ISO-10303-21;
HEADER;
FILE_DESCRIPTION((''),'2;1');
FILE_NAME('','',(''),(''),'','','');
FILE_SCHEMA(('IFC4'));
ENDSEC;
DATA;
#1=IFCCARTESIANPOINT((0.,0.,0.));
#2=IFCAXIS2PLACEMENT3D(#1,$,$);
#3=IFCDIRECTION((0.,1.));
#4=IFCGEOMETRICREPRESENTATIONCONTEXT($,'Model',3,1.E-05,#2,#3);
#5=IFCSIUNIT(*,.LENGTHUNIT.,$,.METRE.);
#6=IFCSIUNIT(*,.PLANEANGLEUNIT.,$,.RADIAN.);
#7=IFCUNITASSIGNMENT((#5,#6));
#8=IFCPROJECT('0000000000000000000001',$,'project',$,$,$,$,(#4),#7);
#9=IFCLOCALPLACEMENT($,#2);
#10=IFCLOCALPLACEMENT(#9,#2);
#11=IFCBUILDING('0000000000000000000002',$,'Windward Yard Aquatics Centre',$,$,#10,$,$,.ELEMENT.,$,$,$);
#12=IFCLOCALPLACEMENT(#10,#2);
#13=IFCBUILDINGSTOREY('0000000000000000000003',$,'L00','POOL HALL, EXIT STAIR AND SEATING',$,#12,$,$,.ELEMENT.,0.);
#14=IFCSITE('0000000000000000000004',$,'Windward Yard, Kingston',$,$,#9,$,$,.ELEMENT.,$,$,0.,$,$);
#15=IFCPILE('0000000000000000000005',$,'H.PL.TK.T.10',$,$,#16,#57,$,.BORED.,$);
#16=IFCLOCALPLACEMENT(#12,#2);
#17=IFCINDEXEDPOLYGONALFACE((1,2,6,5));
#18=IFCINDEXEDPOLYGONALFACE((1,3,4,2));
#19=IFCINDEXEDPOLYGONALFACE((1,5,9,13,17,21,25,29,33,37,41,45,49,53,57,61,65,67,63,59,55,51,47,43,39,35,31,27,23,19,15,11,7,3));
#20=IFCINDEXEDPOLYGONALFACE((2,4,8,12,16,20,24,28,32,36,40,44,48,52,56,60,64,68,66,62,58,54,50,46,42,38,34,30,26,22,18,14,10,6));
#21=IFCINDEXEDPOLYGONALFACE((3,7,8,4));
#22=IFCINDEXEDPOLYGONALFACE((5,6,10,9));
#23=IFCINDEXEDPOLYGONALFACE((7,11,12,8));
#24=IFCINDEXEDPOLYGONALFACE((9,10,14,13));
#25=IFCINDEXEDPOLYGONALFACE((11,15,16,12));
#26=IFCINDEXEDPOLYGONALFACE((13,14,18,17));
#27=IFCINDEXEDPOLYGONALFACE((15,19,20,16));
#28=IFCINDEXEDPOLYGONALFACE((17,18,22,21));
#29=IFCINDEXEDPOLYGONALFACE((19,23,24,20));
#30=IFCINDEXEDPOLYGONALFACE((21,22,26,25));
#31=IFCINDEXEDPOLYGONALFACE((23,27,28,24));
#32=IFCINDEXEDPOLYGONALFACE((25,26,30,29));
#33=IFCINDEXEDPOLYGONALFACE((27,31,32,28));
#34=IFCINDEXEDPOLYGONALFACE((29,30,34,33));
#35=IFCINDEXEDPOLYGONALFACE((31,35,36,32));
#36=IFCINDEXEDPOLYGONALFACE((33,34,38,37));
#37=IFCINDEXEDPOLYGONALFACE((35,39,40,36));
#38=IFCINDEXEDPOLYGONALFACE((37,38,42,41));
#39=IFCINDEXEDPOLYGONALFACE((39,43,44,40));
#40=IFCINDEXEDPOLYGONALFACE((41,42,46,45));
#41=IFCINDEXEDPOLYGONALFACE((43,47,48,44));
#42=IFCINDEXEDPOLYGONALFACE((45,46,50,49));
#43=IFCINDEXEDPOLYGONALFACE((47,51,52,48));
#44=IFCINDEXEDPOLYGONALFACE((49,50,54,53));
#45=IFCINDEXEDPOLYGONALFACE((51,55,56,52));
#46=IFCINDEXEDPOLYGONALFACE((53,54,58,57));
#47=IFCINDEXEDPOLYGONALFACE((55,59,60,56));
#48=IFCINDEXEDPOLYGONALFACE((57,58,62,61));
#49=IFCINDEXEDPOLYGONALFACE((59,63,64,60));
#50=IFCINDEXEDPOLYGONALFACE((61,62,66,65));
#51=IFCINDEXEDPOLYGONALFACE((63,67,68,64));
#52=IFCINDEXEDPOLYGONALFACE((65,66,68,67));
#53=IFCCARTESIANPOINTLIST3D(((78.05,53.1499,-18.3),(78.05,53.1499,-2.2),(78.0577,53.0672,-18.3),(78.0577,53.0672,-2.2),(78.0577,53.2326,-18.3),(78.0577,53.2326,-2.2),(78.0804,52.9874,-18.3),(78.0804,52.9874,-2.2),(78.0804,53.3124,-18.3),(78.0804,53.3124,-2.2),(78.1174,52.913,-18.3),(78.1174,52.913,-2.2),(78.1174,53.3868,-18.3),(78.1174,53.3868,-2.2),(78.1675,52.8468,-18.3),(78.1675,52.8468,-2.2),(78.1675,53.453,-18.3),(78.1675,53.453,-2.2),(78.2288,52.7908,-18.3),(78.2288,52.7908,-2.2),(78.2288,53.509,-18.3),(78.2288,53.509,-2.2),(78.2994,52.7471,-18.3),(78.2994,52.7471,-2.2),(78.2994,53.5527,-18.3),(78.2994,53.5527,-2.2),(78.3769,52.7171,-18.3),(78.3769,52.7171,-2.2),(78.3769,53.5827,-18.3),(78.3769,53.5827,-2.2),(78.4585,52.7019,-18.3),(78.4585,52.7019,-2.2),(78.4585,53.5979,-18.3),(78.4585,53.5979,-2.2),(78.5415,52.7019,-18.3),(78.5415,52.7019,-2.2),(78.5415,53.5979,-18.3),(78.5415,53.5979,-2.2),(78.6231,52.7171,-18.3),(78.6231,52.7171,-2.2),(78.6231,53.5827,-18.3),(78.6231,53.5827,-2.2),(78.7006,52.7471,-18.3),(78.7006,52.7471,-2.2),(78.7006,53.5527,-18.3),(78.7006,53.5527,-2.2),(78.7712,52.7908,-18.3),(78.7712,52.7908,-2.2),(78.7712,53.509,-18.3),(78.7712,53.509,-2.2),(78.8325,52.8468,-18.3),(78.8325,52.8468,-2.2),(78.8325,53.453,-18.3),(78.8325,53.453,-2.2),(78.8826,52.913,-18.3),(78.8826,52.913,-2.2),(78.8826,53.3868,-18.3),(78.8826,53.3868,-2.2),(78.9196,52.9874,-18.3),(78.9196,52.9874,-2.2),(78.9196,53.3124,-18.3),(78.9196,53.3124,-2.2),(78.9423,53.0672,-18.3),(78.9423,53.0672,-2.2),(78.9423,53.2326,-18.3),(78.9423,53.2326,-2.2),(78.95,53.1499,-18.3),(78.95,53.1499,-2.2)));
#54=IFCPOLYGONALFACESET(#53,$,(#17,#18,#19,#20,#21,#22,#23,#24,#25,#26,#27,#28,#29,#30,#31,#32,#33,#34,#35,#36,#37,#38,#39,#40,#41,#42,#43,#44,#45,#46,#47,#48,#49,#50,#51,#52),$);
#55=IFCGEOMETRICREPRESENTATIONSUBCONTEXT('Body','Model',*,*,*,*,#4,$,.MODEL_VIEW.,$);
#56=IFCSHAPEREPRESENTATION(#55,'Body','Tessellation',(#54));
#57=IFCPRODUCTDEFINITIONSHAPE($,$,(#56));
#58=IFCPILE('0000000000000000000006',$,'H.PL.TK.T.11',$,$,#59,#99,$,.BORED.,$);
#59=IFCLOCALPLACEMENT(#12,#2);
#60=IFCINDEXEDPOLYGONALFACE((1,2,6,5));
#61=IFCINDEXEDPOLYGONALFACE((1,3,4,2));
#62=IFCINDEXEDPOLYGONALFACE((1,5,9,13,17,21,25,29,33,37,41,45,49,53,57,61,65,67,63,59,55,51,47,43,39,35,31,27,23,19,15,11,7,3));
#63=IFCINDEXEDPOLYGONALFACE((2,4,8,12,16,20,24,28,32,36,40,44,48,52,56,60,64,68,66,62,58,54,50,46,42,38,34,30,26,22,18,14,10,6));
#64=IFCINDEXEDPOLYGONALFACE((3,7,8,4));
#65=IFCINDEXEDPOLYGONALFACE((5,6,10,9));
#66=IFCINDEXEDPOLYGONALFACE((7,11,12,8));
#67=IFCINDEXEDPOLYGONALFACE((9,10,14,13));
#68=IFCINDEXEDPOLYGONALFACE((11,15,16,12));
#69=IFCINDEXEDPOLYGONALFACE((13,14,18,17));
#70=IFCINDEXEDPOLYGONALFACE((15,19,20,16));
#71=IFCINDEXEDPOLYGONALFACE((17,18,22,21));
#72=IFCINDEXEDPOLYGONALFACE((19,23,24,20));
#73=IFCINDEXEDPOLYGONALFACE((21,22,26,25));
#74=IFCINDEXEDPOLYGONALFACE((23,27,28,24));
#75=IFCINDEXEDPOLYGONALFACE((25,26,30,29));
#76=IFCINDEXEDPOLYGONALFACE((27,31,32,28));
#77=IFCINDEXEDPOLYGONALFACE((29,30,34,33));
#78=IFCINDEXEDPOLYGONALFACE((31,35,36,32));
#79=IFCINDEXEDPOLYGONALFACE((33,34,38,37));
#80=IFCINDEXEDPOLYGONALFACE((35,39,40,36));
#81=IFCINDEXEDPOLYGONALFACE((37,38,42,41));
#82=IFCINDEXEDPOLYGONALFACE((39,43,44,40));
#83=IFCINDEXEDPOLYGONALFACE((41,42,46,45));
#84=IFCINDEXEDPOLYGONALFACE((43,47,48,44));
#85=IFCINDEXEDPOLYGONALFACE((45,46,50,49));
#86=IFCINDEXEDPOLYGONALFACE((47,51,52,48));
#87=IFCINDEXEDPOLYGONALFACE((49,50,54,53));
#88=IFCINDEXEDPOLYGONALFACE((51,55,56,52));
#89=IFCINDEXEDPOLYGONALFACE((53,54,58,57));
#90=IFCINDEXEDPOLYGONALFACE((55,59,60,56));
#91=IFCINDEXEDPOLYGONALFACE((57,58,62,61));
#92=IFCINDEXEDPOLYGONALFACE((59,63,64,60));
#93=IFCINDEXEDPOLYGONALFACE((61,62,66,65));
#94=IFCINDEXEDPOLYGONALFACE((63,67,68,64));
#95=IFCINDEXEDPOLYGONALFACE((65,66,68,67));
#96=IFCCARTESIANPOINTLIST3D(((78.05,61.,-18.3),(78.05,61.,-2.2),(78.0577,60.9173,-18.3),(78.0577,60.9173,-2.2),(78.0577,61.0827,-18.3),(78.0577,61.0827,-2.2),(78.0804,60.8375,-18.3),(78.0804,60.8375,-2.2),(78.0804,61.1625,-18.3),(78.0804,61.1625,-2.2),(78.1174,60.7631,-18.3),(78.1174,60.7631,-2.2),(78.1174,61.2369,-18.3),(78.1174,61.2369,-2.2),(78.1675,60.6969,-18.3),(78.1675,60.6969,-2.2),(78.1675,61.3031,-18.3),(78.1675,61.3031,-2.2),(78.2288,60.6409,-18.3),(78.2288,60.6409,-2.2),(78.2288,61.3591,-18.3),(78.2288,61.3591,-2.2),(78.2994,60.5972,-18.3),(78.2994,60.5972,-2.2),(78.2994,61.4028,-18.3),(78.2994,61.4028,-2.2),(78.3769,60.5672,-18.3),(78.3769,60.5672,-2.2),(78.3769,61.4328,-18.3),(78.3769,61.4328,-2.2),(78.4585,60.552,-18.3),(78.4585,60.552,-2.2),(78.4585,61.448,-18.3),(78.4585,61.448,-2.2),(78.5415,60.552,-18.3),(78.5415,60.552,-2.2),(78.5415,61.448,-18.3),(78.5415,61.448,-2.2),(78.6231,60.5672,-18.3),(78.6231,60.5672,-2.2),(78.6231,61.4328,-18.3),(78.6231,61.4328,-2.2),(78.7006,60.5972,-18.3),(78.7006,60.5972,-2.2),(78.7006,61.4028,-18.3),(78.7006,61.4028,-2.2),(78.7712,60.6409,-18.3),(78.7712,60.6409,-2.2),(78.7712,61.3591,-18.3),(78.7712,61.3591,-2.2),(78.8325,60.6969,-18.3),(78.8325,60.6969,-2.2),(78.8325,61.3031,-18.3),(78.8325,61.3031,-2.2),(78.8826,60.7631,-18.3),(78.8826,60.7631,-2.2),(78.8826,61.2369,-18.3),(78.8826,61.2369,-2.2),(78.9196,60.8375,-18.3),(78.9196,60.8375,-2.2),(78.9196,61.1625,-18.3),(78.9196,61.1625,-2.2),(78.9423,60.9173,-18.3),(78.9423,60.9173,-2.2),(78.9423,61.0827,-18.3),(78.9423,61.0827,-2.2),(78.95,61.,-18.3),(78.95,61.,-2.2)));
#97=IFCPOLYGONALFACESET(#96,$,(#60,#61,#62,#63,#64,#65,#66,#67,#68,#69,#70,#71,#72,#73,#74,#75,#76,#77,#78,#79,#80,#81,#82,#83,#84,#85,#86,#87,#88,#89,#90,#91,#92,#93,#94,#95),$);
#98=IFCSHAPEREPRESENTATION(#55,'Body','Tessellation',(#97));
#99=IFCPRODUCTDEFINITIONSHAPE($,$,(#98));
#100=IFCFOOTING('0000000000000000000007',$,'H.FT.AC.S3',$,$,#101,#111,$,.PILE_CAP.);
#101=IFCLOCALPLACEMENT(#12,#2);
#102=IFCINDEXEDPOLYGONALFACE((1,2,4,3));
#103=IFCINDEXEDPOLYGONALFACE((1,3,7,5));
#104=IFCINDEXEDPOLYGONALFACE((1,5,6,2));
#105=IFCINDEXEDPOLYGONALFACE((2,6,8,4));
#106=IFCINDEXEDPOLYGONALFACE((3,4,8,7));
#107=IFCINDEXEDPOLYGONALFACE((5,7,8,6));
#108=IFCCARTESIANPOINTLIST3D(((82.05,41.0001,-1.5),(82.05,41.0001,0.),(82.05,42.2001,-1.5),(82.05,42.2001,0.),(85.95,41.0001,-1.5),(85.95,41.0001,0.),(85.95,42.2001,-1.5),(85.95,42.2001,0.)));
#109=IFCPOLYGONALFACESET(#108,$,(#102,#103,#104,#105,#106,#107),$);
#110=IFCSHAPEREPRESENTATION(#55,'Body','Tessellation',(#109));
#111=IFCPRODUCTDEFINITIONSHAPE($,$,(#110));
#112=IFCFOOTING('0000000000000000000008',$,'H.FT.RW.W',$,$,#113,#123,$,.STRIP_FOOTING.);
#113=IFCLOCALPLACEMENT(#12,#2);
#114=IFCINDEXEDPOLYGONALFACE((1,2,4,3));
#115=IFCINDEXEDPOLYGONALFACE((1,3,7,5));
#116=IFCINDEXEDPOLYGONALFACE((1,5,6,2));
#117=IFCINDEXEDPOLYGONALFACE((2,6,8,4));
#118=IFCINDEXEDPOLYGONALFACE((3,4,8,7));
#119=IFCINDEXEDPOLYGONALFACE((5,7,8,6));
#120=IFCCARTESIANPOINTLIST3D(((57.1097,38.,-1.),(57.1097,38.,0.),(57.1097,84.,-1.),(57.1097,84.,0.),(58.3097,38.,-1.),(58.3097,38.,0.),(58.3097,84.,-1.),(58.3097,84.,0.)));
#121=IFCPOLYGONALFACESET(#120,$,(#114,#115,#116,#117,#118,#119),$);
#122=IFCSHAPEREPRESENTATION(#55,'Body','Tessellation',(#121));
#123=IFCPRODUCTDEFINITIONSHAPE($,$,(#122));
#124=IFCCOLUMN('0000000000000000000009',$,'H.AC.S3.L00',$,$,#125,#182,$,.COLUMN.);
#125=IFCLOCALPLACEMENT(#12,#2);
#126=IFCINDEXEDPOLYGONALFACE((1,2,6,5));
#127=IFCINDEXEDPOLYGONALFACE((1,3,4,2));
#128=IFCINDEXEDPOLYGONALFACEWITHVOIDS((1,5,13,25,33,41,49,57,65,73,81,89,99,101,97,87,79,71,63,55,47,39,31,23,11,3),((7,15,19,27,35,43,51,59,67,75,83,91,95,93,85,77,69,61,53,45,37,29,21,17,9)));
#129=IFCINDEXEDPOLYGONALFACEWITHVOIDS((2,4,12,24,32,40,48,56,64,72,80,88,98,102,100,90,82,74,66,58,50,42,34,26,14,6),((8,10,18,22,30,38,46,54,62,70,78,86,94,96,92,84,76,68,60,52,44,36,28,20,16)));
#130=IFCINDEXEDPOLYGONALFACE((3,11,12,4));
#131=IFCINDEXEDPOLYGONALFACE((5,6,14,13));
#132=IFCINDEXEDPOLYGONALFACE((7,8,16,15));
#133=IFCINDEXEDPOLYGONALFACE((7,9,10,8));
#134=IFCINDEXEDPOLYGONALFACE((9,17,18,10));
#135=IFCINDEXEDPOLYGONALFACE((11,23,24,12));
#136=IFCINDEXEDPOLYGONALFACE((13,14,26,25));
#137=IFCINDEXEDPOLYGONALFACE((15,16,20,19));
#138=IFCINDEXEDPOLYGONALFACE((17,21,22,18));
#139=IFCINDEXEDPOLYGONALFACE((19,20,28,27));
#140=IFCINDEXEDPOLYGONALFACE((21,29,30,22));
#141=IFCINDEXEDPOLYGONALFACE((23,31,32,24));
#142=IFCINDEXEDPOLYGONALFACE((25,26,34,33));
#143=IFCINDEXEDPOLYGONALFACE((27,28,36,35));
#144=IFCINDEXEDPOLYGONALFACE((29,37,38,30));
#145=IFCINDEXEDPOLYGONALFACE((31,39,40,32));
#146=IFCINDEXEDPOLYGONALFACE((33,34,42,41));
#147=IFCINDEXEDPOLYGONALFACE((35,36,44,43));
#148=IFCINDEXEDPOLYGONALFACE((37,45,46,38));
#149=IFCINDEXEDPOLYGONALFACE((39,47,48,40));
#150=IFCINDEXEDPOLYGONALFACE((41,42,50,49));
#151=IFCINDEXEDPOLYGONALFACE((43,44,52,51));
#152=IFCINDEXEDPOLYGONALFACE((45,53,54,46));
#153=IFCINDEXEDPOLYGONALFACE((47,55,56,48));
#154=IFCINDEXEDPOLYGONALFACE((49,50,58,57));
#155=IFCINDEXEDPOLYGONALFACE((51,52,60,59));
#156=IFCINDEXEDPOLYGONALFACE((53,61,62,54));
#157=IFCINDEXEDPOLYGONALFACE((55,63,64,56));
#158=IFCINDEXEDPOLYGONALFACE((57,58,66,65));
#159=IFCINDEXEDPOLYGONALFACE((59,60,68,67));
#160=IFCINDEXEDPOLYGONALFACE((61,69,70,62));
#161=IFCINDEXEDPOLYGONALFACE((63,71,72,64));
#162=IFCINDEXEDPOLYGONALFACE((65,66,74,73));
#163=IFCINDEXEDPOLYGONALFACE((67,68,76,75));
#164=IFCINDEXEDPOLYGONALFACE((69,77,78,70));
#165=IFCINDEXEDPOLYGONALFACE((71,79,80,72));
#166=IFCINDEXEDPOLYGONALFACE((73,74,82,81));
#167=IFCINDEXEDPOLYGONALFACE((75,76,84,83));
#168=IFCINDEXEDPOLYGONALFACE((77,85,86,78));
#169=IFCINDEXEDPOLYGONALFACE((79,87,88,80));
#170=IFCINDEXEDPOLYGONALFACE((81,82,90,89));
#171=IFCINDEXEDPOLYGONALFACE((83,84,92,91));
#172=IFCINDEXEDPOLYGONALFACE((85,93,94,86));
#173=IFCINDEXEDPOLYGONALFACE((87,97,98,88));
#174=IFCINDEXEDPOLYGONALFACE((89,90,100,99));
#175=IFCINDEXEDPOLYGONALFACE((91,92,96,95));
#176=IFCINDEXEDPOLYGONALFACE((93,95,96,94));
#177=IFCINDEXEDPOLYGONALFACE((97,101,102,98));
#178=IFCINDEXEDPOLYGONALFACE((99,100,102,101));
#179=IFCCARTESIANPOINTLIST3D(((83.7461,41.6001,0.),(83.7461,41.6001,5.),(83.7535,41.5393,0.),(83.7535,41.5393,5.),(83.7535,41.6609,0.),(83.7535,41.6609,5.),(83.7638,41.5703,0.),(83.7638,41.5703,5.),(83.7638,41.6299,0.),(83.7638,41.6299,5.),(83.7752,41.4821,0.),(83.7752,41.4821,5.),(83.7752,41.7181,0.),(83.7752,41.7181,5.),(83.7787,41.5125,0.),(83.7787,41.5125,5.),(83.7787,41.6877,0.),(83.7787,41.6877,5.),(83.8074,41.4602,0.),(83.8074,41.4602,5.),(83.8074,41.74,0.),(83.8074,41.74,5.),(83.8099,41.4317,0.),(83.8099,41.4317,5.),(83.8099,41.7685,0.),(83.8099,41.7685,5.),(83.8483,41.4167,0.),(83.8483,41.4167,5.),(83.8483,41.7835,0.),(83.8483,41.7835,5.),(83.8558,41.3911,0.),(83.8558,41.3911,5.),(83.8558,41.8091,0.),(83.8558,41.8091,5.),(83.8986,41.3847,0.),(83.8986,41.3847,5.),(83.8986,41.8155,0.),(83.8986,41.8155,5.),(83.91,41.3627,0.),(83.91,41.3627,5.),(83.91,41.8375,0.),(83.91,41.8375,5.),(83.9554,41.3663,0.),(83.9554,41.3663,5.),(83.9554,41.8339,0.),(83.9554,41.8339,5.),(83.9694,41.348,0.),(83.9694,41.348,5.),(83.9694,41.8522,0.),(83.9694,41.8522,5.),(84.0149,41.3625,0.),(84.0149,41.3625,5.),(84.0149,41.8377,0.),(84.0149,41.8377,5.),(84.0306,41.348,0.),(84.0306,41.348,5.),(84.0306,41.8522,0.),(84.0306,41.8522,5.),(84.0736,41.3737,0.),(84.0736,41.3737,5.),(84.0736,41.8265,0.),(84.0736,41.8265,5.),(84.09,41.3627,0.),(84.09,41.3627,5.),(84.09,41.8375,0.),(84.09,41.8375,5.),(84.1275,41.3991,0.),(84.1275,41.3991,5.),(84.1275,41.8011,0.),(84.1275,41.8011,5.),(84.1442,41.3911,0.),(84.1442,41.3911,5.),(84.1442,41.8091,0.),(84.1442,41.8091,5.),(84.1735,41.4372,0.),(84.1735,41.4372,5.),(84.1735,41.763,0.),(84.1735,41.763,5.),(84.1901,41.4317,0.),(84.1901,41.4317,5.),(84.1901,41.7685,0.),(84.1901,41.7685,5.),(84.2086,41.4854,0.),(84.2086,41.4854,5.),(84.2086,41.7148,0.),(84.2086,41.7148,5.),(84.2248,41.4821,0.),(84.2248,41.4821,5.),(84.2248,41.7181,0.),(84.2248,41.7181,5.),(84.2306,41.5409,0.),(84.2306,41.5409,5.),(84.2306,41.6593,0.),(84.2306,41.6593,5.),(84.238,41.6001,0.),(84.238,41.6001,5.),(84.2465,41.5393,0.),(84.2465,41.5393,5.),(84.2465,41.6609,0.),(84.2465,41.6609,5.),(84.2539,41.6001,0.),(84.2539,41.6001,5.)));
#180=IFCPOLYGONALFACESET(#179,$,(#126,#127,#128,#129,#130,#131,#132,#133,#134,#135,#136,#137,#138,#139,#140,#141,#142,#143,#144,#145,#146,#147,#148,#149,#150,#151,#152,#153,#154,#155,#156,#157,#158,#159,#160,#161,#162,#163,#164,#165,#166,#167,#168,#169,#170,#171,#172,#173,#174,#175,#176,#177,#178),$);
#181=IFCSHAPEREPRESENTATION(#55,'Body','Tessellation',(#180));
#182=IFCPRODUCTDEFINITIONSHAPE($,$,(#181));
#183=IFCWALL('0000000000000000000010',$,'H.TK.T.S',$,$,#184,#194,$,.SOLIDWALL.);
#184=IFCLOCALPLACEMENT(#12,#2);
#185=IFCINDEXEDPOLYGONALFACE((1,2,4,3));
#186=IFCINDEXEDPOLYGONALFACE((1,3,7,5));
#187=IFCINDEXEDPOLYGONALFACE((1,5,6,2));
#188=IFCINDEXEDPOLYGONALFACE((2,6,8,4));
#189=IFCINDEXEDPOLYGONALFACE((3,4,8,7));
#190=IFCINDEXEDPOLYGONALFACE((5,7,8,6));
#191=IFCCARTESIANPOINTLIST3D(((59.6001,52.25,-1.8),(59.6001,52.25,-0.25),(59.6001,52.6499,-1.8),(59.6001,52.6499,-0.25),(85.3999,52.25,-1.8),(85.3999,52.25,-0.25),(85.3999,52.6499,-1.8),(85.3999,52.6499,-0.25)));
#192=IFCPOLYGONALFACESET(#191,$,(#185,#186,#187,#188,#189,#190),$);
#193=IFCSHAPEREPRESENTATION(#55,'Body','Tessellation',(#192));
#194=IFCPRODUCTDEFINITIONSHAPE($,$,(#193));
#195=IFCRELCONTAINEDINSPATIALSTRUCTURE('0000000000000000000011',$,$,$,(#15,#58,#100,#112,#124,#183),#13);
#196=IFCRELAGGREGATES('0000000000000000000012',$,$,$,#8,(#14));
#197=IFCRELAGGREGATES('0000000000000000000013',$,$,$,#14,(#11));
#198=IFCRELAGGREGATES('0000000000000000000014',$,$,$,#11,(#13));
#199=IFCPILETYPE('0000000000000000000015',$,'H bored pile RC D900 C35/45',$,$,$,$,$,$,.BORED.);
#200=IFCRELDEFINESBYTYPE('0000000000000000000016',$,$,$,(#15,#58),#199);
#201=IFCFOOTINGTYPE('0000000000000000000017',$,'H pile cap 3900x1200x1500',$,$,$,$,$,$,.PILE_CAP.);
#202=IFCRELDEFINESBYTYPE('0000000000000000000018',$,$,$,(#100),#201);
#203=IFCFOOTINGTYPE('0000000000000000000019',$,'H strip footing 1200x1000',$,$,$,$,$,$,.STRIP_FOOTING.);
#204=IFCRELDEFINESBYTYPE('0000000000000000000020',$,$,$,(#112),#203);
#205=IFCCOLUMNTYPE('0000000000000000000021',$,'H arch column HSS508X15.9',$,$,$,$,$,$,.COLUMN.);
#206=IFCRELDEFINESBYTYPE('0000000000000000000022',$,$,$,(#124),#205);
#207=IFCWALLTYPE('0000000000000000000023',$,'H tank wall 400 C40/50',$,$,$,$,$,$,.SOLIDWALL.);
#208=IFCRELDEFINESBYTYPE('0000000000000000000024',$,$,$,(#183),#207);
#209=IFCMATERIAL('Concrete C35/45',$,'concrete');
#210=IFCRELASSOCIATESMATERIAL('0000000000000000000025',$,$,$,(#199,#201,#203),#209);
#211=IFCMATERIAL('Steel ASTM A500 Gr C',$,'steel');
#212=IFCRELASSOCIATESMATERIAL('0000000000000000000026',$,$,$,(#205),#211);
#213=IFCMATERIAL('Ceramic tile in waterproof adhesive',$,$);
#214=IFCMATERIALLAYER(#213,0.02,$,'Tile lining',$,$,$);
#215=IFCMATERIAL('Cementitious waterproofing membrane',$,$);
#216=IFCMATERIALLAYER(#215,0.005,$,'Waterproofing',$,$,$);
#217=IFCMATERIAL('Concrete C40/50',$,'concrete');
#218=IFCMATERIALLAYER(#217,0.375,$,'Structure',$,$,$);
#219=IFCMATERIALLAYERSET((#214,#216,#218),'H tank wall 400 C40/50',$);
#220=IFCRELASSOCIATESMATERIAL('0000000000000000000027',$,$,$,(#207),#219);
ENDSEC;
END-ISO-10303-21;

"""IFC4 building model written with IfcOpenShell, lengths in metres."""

from ifc_helpers import new_model, si_unit, direction, frame, frame_2d, origin, origin_2d, place, context, subcontext, project, spatial, rectangle, circle, hollow_circle, extrude, material, layer, layer_set, material_profile, profile_set, type_object, element, save


model = new_model("IFC4")

# Units and contexts
model_context = context("Model", 3, precision=1e-05, world=origin(), true_north=direction((0.0, 1.0)))
body_context = subcontext(model_context, "Body", "Model", "MODEL_VIEW")
ifc_project = project(units=[si_unit("LENGTHUNIT", "METRE"), si_unit("PLANEANGLEUNIT", "RADIAN")], contexts=[model_context])

# Site, building, storey
site_placement = place(None, origin())
site = spatial("IfcSite", under=ifc_project, at=site_placement, Name="Windward Yard, Kingston", CompositionType="ELEMENT", RefElevation=0.0)
building_placement = place(site_placement, origin())
building = spatial("IfcBuilding", under=site, at=building_placement, Name="Windward Yard Aquatics Centre", CompositionType="ELEMENT")
storey_placement = place(building_placement, origin())
storey = spatial("IfcBuildingStorey", under=building, at=storey_placement, Name="L00", Description="POOL HALL, EXIT STAIR AND SEATING", CompositionType="ELEMENT", Elevation=0.0)

# Piles
ifc_material_1 = material(Name="Concrete C35/45", Category="concrete")
ifc_material_profile_1 = material_profile(ifc_material_1, circle(Radius=0.45, at=origin_2d()), Name="RC D900")
ifc_profile_set_1 = profile_set([ifc_material_profile_1], Name="Concrete C35/45")
pile_type = type_object("IfcPileType", Name="H bored pile RC D900 C35/45", PredefinedType="BORED", material=ifc_profile_set_1)
for number, where, z_axis, x_axis, name in (
    (1, (78.5, 53.1499, -2.2), (0.0, 0.0, -1.0), (1.0, 0.0, 0.0), "H.PL.TK.T.10"),
    (2, (78.5, 61.0, -2.2), (0.0, 0.0, -1.0), (1.0, 0.0, 0.0), "H.PL.TK.T.11"),
):
    element("IfcPile", number, at=place(storey_placement, frame(where, z_axis=z_axis, x_axis=x_axis)), inside=storey, type_object=pile_type, Name=name, PredefinedType="BORED", context=body_context, shape_type="SweptSolid", body=[
        extrude(circle(Radius=0.45, at=origin_2d()), origin(), (0.0, 0.0, 1.0), 16.1001),
    ])

# Footings
footing_type_1 = type_object("IfcFootingType", Name="H pile cap 3900x1200x1500", PredefinedType="PILE_CAP", material=ifc_material_1)
footing_1_placement = place(storey_placement, frame((84.0, 41.6001, -1.5), z_axis=(0.0, 0.0, 1.0), x_axis=(1.0, 0.0, 0.0)))
element("IfcFooting", 3, at=footing_1_placement, inside=storey, type_object=footing_type_1, Name="H.FT.AC.S3", PredefinedType="PILE_CAP", context=body_context, shape_type="SweptSolid", body=[
    extrude(rectangle(XDim=3.8999, YDim=1.2, at=origin_2d()), origin(), (0.0, 0.0, 1.0), 1.5),
])
footing_type_2 = type_object("IfcFootingType", Name="H strip footing 1200x1000", PredefinedType="STRIP_FOOTING", material=ifc_material_1)
footing_2_placement = place(storey_placement, frame((57.7097, 61.0, -1.0), z_axis=(0.0, 0.0, 1.0), x_axis=(1.0, 0.0, 0.0)))
element("IfcFooting", 4, at=footing_2_placement, inside=storey, type_object=footing_type_2, Name="H.FT.RW.W", PredefinedType="STRIP_FOOTING", context=body_context, shape_type="SweptSolid", body=[
    extrude(rectangle(XDim=1.2, YDim=46.0, at=origin_2d()), origin(), (0.0, 0.0, 1.0), 1.0),
])

# Column
ifc_material_2 = material(Name="Steel ASTM A500 Gr C", Category="steel")
ifc_material_profile_2 = material_profile(ifc_material_2, hollow_circle(Radius=0.2539, WallThickness=0.0159, at=origin_2d()), Name="HSS508X15.9")
ifc_profile_set_2 = profile_set([ifc_material_profile_2], Name="Steel ASTM A500 Gr C")
column_type = type_object("IfcColumnType", Name="H arch column HSS508X15.9", PredefinedType="COLUMN", material=ifc_profile_set_2)
column_placement = place(storey_placement, frame((84.0, 41.6001, 0.0), z_axis=(0.0, 0.0, 1.0), x_axis=(1.0, 0.0, 0.0)))
element("IfcColumn", 5, at=column_placement, inside=storey, type_object=column_type, Name="H.AC.S3.L00", PredefinedType="COLUMN", context=body_context, shape_type="SweptSolid", body=[
    extrude(hollow_circle(Radius=0.2539, WallThickness=0.0159, at=origin_2d()), origin(), (0.0, 0.0, 1.0), 5.0),
])

# Wall
ifc_material_3 = material(Name="Ceramic tile in waterproof adhesive")
ifc_layer_1 = layer(ifc_material_3, 0.02, Name="Tile lining")
ifc_material_4 = material(Name="Cementitious waterproofing membrane")
ifc_layer_2 = layer(ifc_material_4, 0.005, Name="Waterproofing")
ifc_material_5 = material(Name="Concrete C40/50", Category="concrete")
ifc_layer_3 = layer(ifc_material_5, 0.375, Name="Structure")
ifc_layer_set = layer_set([ifc_layer_1, ifc_layer_2, ifc_layer_3], Name="H tank wall 400 C40/50")
wall_type = type_object("IfcWallType", Name="H tank wall 400 C40/50", PredefinedType="SOLIDWALL", material=ifc_layer_set)
wall_1_placement = place(storey_placement, frame((59.6001, 52.45, -1.8), z_axis=(0.0, 0.0, 1.0), x_axis=(1.0, 0.0, 0.0)))
element("IfcWall", 6, at=wall_1_placement, inside=storey, type_object=wall_type, Name="H.TK.T.S", PredefinedType="SOLIDWALL", context=body_context, shape_type="SweptSolid", body=[
    extrude(rectangle(XDim=25.7998, YDim=0.3999, at=frame_2d((12.8999, 0.0))), origin(), (0.0, 0.0, 1.0), 1.55),
])

save(model, "model.ifc")
